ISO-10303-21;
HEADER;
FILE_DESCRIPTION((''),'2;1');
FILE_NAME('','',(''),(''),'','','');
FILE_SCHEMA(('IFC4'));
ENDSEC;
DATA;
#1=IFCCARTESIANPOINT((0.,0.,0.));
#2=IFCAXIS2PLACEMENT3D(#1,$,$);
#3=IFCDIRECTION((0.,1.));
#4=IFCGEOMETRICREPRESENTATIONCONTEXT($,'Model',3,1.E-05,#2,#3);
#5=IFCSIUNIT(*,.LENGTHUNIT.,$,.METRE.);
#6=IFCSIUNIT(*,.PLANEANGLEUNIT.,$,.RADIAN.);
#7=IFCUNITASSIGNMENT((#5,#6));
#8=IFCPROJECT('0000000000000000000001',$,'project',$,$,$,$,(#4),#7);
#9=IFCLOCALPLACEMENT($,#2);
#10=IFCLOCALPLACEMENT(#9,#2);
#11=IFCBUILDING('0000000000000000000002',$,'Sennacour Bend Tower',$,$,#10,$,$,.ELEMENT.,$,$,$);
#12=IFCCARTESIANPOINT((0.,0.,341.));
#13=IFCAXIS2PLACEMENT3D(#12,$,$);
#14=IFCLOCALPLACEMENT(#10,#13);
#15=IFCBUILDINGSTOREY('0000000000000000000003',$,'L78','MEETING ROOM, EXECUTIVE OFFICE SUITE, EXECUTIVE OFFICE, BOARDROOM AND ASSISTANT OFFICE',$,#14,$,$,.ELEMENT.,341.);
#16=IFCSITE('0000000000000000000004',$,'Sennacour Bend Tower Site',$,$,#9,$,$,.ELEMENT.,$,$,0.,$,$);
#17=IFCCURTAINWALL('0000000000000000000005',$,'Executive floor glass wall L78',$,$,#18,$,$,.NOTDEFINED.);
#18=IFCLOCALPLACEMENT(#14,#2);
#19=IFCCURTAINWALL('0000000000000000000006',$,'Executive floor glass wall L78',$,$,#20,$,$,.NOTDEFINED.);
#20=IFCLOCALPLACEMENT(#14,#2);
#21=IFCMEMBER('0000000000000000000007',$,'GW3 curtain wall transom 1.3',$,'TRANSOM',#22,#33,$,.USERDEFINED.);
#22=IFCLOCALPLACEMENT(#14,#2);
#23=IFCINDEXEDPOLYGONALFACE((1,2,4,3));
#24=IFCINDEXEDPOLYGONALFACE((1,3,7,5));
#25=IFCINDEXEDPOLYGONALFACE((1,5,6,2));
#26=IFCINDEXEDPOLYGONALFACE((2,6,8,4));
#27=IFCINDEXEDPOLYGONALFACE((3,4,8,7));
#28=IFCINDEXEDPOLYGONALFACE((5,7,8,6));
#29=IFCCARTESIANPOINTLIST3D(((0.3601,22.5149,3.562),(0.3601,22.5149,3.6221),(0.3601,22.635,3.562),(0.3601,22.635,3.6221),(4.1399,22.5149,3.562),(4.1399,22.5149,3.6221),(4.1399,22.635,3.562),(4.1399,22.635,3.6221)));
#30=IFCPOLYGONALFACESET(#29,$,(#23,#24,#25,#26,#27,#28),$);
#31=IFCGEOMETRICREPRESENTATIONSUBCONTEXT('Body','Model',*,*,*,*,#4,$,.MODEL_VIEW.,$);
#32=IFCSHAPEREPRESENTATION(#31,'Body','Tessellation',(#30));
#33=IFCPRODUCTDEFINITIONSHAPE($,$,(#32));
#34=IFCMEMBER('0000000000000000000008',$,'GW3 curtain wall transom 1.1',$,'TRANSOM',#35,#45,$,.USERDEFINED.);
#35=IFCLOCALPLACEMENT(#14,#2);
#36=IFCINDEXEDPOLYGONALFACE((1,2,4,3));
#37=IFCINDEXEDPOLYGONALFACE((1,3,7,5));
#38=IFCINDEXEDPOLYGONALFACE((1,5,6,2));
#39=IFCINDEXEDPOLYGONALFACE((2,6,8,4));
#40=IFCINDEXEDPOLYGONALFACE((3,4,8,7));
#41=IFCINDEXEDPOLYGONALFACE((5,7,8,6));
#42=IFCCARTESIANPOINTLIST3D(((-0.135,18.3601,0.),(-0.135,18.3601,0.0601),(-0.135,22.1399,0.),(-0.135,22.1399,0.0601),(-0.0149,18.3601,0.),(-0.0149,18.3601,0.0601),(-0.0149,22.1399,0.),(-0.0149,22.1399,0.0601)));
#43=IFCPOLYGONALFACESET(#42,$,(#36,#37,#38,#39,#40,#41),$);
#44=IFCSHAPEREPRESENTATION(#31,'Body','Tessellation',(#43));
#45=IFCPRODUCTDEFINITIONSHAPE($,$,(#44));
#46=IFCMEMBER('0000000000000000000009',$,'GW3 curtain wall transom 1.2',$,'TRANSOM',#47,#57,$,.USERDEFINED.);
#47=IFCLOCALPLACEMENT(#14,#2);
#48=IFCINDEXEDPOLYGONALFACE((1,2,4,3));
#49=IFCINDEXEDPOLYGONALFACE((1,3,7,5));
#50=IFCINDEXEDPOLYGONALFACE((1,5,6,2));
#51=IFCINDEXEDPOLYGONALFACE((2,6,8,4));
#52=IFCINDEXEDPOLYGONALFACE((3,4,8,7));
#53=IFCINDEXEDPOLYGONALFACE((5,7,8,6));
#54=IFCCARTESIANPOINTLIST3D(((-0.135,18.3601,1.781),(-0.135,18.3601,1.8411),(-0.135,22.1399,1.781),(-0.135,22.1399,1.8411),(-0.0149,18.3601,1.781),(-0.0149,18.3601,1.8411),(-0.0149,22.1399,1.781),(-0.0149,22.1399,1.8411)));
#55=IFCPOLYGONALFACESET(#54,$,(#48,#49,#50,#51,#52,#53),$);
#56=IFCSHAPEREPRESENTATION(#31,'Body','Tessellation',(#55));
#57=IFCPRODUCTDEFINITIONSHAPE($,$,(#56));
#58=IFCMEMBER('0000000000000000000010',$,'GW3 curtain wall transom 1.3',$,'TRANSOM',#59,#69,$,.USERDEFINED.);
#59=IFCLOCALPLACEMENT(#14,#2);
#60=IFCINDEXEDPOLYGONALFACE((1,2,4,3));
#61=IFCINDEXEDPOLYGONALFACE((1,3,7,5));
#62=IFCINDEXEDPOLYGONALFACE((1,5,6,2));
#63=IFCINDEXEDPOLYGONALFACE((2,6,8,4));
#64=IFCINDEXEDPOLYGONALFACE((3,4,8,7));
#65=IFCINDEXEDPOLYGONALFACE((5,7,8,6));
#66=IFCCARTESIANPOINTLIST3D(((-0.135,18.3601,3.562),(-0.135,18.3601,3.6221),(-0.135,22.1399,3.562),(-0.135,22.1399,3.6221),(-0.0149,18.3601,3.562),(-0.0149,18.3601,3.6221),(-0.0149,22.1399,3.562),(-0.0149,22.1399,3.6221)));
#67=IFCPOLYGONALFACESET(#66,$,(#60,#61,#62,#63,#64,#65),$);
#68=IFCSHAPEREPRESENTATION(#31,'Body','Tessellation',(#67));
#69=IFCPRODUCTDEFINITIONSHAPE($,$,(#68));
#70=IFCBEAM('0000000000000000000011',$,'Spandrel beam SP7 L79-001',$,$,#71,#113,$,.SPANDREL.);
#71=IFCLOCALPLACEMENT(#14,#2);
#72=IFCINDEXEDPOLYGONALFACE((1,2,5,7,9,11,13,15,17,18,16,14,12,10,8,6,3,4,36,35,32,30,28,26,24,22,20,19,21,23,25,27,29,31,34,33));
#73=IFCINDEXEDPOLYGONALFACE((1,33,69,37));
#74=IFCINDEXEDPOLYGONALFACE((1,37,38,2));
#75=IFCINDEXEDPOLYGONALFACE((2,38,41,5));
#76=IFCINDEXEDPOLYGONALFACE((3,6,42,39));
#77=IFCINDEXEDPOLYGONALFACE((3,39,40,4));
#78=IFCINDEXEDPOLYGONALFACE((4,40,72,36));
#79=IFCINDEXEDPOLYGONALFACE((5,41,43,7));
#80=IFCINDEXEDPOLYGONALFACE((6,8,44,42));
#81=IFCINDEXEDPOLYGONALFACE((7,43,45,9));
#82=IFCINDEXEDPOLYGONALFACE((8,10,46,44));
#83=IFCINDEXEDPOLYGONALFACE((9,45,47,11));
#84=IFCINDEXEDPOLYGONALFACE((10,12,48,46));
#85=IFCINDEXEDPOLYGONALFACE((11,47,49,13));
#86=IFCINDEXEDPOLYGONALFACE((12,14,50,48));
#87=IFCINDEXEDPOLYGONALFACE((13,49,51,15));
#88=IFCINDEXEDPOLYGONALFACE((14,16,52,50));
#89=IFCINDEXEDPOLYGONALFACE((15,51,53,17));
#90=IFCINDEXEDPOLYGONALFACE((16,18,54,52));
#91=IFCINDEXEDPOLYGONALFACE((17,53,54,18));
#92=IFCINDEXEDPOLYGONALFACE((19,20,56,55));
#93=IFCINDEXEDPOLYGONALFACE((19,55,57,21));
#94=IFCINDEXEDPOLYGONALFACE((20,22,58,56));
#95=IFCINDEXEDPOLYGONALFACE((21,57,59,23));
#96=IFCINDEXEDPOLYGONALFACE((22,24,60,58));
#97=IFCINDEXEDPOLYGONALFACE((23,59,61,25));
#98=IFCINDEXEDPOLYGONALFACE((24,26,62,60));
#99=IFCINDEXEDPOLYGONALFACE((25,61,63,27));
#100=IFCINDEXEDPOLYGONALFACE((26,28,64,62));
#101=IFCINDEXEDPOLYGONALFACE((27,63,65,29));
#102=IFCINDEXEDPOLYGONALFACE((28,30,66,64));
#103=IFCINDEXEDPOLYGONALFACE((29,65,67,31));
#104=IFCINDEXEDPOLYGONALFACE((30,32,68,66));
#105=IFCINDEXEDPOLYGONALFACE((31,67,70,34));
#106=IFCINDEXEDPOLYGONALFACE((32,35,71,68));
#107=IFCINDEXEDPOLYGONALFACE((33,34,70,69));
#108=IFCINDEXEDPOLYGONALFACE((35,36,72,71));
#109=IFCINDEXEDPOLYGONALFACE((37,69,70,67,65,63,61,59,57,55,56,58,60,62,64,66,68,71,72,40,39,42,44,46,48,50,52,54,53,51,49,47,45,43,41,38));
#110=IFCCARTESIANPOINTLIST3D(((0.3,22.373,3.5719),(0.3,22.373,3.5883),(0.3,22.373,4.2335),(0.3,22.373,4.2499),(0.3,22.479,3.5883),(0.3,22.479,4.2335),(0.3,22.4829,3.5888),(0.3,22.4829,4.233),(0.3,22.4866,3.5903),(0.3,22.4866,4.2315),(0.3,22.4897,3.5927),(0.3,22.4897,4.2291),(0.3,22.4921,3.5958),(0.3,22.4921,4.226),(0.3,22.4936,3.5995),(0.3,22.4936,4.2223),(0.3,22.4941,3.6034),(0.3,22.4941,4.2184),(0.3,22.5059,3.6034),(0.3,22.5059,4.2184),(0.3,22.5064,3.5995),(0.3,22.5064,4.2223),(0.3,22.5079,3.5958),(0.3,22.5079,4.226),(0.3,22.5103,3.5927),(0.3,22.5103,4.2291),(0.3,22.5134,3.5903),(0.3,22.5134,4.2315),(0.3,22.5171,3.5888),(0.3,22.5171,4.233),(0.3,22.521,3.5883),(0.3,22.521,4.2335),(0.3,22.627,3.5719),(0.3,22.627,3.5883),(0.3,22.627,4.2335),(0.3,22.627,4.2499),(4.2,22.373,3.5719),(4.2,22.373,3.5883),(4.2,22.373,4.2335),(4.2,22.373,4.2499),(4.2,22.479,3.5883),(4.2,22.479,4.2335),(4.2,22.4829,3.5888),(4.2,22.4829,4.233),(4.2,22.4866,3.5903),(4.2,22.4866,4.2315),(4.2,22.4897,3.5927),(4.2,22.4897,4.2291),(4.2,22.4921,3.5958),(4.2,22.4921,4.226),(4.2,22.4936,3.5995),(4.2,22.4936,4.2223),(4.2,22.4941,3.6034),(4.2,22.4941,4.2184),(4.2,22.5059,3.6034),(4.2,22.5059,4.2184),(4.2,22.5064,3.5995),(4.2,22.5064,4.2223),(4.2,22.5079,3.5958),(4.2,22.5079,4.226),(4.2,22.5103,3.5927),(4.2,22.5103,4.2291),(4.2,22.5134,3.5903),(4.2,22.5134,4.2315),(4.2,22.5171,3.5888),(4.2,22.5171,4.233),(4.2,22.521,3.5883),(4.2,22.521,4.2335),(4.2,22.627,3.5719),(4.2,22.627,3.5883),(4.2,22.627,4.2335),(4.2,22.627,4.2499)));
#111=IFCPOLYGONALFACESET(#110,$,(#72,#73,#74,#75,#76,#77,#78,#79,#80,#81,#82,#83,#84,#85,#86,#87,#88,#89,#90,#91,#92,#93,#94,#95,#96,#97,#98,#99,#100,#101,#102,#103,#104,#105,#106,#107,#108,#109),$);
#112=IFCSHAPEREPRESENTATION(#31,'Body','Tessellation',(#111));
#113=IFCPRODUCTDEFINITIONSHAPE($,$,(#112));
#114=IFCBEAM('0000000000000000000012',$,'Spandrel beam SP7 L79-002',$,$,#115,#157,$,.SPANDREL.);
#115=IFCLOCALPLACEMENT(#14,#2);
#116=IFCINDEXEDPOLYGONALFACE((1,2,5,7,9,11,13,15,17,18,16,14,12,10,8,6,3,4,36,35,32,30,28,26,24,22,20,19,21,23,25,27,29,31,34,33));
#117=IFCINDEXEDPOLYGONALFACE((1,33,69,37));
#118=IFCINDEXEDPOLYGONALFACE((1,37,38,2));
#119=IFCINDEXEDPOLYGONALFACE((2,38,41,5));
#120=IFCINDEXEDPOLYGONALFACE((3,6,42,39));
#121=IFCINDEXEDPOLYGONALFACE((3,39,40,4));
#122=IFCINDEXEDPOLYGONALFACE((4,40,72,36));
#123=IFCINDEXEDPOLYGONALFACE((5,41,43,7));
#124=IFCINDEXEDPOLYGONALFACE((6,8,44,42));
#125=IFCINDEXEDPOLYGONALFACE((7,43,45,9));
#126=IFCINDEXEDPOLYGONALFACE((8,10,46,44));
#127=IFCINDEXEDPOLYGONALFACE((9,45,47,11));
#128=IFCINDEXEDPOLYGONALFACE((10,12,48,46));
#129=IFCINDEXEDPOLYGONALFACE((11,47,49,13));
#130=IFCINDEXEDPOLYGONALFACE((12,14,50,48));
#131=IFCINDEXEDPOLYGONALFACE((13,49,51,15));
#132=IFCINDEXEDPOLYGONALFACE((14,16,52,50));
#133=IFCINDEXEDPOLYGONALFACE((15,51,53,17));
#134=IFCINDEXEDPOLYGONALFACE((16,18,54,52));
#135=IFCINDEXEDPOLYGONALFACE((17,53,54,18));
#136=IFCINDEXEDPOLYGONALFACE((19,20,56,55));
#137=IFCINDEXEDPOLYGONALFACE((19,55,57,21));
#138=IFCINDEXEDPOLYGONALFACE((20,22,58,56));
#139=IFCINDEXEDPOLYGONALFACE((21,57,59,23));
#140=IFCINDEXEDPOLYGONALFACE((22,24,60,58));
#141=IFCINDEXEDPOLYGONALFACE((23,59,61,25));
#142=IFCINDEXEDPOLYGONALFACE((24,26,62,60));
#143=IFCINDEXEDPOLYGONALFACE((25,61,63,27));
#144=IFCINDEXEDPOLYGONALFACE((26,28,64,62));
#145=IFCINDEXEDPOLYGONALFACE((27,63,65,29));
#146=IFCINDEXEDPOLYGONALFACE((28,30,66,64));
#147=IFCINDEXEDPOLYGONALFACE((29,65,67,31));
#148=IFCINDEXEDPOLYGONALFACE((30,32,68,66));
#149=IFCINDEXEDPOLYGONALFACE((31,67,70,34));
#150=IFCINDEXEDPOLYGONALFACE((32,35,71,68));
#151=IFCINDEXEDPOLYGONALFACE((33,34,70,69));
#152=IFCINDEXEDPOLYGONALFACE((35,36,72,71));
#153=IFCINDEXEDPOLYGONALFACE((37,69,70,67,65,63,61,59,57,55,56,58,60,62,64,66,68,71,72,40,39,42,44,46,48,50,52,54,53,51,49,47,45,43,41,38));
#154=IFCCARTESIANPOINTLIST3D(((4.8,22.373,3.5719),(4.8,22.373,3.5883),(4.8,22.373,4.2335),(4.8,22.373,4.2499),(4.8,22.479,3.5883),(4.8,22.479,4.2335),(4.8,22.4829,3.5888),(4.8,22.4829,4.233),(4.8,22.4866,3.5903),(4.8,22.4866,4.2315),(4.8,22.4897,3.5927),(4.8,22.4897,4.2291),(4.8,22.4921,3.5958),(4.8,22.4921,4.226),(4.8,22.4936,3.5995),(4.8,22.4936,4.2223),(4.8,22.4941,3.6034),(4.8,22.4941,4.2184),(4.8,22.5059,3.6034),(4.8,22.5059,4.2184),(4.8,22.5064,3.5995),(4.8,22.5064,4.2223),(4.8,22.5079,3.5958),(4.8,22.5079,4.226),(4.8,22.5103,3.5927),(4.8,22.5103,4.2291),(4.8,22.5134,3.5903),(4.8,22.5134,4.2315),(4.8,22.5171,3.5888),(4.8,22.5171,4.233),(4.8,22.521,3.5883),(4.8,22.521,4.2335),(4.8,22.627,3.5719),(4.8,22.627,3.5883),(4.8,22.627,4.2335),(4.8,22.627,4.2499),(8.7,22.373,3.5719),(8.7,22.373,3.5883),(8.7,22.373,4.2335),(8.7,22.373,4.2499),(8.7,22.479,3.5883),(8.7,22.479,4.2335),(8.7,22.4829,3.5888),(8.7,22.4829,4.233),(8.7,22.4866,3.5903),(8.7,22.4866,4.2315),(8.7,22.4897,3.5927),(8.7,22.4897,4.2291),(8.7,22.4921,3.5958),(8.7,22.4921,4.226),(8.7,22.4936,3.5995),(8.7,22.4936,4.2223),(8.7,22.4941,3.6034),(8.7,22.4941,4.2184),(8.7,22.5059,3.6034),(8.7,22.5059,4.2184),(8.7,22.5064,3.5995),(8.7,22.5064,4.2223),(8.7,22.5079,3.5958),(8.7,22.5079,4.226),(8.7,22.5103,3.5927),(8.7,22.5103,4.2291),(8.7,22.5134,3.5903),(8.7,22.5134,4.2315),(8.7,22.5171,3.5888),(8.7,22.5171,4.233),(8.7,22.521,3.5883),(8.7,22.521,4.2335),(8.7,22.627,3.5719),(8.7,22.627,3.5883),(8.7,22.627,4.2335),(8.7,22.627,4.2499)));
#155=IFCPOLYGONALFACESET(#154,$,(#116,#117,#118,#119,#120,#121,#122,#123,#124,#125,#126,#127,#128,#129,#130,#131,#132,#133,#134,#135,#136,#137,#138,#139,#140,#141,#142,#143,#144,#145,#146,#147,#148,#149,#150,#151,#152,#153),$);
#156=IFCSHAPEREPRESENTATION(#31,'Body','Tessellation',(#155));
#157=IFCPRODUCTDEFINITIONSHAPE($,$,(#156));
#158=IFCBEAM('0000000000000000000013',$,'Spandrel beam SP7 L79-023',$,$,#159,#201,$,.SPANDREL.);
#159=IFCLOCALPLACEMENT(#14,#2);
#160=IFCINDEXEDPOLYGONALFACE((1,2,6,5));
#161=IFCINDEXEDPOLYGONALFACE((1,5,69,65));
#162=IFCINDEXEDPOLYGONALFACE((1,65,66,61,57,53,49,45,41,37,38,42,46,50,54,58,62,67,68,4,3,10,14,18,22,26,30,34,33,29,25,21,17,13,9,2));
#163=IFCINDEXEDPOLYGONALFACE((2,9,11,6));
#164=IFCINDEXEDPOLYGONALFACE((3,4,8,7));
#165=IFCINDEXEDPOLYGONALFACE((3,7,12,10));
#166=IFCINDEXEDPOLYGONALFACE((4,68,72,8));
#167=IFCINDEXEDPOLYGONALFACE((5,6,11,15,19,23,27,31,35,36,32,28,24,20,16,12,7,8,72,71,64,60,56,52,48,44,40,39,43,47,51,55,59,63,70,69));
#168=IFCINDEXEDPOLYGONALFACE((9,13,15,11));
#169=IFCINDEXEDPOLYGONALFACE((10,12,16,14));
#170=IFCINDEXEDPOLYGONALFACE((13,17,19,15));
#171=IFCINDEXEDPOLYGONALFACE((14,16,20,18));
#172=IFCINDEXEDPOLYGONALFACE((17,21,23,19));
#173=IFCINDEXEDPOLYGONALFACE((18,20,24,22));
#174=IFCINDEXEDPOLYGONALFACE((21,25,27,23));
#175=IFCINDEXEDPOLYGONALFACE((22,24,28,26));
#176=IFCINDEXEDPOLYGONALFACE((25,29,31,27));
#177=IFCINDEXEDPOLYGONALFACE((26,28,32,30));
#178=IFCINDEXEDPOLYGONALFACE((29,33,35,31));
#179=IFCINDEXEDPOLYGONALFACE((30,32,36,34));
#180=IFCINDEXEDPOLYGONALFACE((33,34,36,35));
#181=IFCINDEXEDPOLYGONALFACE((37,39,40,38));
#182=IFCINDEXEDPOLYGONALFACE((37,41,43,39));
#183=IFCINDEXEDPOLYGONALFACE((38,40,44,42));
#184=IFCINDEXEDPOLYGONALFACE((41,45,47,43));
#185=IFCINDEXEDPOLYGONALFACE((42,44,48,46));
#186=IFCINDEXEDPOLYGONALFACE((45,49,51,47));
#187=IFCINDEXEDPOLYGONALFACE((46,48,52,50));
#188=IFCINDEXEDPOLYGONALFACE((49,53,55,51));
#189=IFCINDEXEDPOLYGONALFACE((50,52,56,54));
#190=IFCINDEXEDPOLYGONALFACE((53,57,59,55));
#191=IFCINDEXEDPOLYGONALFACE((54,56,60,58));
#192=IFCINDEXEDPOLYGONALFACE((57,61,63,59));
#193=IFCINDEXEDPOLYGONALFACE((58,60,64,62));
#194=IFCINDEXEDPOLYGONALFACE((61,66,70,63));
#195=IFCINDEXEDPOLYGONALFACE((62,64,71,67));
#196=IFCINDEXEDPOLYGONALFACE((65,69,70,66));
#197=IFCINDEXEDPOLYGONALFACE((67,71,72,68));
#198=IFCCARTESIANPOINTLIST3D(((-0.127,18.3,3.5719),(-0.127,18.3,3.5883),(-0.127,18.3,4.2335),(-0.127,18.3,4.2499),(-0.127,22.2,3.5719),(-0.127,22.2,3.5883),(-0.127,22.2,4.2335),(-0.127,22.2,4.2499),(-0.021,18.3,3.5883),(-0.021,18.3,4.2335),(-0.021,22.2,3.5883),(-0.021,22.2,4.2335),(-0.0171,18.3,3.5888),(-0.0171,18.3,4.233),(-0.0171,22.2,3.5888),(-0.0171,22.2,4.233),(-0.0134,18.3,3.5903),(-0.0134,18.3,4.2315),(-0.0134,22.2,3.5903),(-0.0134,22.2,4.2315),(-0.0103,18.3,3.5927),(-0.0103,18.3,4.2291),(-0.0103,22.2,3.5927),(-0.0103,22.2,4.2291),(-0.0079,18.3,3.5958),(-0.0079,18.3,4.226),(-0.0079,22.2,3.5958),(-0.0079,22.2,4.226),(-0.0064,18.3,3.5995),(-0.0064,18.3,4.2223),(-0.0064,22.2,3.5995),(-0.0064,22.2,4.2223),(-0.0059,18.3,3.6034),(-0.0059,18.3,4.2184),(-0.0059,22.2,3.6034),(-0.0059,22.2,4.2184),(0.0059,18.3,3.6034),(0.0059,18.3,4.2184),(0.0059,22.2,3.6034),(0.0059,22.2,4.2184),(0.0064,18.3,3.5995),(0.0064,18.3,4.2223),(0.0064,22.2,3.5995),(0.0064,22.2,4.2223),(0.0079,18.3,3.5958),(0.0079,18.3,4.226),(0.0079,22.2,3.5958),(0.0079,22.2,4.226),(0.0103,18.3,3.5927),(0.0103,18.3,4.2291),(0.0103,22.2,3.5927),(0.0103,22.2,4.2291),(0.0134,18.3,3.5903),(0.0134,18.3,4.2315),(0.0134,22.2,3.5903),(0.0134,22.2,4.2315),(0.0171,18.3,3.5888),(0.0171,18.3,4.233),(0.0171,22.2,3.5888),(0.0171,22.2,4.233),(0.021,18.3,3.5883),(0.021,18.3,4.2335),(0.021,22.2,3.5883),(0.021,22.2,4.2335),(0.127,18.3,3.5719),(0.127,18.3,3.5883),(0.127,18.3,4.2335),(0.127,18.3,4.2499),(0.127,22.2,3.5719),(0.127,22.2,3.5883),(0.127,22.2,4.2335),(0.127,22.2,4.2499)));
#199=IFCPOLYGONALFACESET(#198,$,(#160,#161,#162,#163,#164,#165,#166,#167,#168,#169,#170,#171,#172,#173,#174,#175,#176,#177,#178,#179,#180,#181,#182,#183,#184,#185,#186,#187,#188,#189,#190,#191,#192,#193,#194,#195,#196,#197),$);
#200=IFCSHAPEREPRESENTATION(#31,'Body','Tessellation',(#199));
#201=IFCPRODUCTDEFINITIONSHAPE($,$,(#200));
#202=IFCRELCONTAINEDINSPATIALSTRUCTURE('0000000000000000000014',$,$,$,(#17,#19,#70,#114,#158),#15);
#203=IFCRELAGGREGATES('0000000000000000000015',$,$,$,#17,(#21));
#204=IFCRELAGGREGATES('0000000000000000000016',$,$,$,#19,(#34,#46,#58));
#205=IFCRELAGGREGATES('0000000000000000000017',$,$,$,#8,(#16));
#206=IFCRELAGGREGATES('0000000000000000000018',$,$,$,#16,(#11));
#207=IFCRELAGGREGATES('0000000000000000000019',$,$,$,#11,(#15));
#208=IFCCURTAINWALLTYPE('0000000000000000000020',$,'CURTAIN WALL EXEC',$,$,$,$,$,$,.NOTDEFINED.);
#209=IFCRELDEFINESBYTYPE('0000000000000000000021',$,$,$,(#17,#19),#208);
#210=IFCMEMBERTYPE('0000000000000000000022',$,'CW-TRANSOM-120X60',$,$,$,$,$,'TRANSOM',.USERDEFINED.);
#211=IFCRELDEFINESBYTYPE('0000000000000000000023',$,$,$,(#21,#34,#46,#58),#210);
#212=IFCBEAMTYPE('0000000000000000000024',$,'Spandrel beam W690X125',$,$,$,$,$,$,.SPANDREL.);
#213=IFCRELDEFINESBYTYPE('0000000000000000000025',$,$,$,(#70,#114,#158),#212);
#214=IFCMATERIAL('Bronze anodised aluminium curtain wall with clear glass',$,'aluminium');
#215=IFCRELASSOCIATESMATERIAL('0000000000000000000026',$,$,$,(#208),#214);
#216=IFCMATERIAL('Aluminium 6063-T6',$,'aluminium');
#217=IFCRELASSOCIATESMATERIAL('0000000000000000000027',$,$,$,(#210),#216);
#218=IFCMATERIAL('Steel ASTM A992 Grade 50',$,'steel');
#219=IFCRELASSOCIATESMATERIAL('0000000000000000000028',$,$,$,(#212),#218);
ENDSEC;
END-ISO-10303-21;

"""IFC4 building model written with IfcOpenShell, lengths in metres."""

from ifc_helpers import new_model, si_unit, direction, frame, origin, origin_2d, place, context, subcontext, project, spatial, rectangle, i_section, extrude, material, material_profile, profile_set, type_object, element, aggregate, save


model = new_model("IFC4")

# Units and contexts
model_context = context("Model", 3, precision=1e-05, world=origin(), true_north=direction((0.0, 1.0)))
body_context = subcontext(model_context, "Body", "Model", "MODEL_VIEW")
ifc_project = project(units=[si_unit("LENGTHUNIT", "METRE"), si_unit("PLANEANGLEUNIT", "RADIAN")], contexts=[model_context])

# Site, building, storey
site_placement = place(None, origin())
site = spatial("IfcSite", under=ifc_project, at=site_placement, Name="Sennacour Bend Tower Site", CompositionType="ELEMENT", RefElevation=0.0)
building_placement = place(site_placement, origin())
building = spatial("IfcBuilding", under=site, at=building_placement, Name="Sennacour Bend Tower", CompositionType="ELEMENT")
storey_placement = place(building_placement, frame((0.0, 0.0, 341.0)))
storey = spatial("IfcBuildingStorey", under=building, at=storey_placement, Name="L78", Description="MEETING ROOM, EXECUTIVE OFFICE SUITE, EXECUTIVE OFFICE, BOARDROOM AND ASSISTANT OFFICE", CompositionType="ELEMENT", Elevation=341.0)

# Curtain walls
ifc_material_1 = material(Name="Bronze anodised aluminium curtain wall with clear glass", Category="aluminium")
curtain_wall_type = type_object("IfcCurtainWallType", Name="CURTAIN WALL EXEC", PredefinedType="NOTDEFINED", material=ifc_material_1)
ifc_material_2 = material(Name="Aluminium 6063-T6", Category="aluminium")
curtain_wall_1_placement = place(storey_placement, origin())
curtain_wall_1 = element("IfcCurtainWall", 1, at=curtain_wall_1_placement, inside=storey, type_object=curtain_wall_type, Name="Executive floor glass wall L78", PredefinedType="NOTDEFINED")
curtain_wall_2_placement = place(storey_placement, origin())
curtain_wall_2 = element("IfcCurtainWall", 2, at=curtain_wall_2_placement, inside=storey, type_object=curtain_wall_type, Name="Executive floor glass wall L78", PredefinedType="NOTDEFINED")

# Members
ifc_material_profile_1 = material_profile(ifc_material_2, rectangle(XDim=0.1201, YDim=0.0601, at=origin_2d()), Name="Aluminium 6063-T6", Category="aluminium")
ifc_profile_set_1 = profile_set([ifc_material_profile_1], Name="Aluminium 6063-T6")
member_type_1 = type_object("IfcMemberType", Name="CW-TRANSOM-120X60", ElementType="TRANSOM", PredefinedType="USERDEFINED", material=ifc_profile_set_1)
member_1_placement = place(storey_placement, frame((4.1399, 22.575, 3.592), z_axis=(-1.0, 0.0, 0.0), x_axis=(0.0, -1.0, 0.0)))
member_1 = element("IfcMember", 3, at=member_1_placement, type_object=member_type_1, Name="GW3 curtain wall transom 1.3", ObjectType="TRANSOM", PredefinedType="USERDEFINED", context=body_context, shape_type="SweptSolid", body=[
    extrude(rectangle(XDim=0.1201, YDim=0.0601, at=origin_2d()), origin(), (0.0, 0.0, 1.0), 3.7798),
])
member_2_placement = place(storey_placement, frame((-0.075, 22.1399, 0.03), z_axis=(0.0, -1.0, 0.0), x_axis=(1.0, 0.0, 0.0)))
member_2 = element("IfcMember", 4, at=member_2_placement, type_object=member_type_1, Name="GW3 curtain wall transom 1.1", ObjectType="TRANSOM", PredefinedType="USERDEFINED", context=body_context, shape_type="SweptSolid", body=[
    extrude(rectangle(XDim=0.1201, YDim=0.0601, at=origin_2d()), origin(), (0.0, 0.0, 1.0), 3.7798),
])
member_3_placement = place(storey_placement, frame((-0.075, 22.1399, 1.811), z_axis=(0.0, -1.0, 0.0), x_axis=(1.0, 0.0, 0.0)))
member_3 = element("IfcMember", 5, at=member_3_placement, type_object=member_type_1, Name="GW3 curtain wall transom 1.2", ObjectType="TRANSOM", PredefinedType="USERDEFINED", context=body_context, shape_type="SweptSolid", body=[
    extrude(rectangle(XDim=0.1201, YDim=0.0601, at=origin_2d()), origin(), (0.0, 0.0, 1.0), 3.7798),
])
member_4_placement = place(storey_placement, frame((-0.075, 22.1399, 3.592), z_axis=(0.0, -1.0, 0.0), x_axis=(1.0, 0.0, 0.0)))
member_4 = element("IfcMember", 6, at=member_4_placement, type_object=member_type_1, Name="GW3 curtain wall transom 1.3", ObjectType="TRANSOM", PredefinedType="USERDEFINED", context=body_context, shape_type="SweptSolid", body=[
    extrude(rectangle(XDim=0.1201, YDim=0.0601, at=origin_2d()), origin(), (0.0, 0.0, 1.0), 3.7798),
])

# Beams
ifc_material_3 = material(Name="Steel ASTM A992 Grade 50", Category="steel")
ifc_material_profile_2 = material_profile(ifc_material_3, i_section(OverallWidth=0.2539, OverallDepth=0.678, WebThickness=0.0117, FlangeThickness=0.0164, FilletRadius=0.0151, at=origin_2d()), Name="Steel ASTM A992 Grade 50", Category="steel")
ifc_profile_set_2 = profile_set([ifc_material_profile_2], Name="Steel ASTM A992 Grade 50")
beam_type = type_object("IfcBeamType", Name="Spandrel beam W690X125", PredefinedType="SPANDREL", material=ifc_profile_set_2)
for number, where, z_axis, x_axis, name in (
    (7, (0.3, 22.5, 3.9109), (1.0, 0.0, 0.0), (0.0, 1.0, 0.0), "Spandrel beam SP7 L79-001"),
    (8, (4.8, 22.5, 3.9109), (1.0, 0.0, 0.0), (0.0, 1.0, 0.0), "Spandrel beam SP7 L79-002"),
    (9, (0.0, 18.3, 3.9109), (0.0, 1.0, 0.0), (-1.0, 0.0, 0.0), "Spandrel beam SP7 L79-023"),
):
    element("IfcBeam", number, at=place(storey_placement, frame(where, z_axis=z_axis, x_axis=x_axis)), inside=storey, type_object=beam_type, Name=name, PredefinedType="SPANDREL", context=body_context, shape_type="SweptSolid", body=[
        extrude(i_section(OverallWidth=0.2539, OverallDepth=0.678, WebThickness=0.0117, FlangeThickness=0.0164, FilletRadius=0.0151, at=origin_2d()), origin(), (0.0, 0.0, 1.0), 3.8999),
    ])

aggregate(curtain_wall_1, [member_1])
aggregate(curtain_wall_2, [member_2, member_3, member_4])

save(model, "model.ifc")
